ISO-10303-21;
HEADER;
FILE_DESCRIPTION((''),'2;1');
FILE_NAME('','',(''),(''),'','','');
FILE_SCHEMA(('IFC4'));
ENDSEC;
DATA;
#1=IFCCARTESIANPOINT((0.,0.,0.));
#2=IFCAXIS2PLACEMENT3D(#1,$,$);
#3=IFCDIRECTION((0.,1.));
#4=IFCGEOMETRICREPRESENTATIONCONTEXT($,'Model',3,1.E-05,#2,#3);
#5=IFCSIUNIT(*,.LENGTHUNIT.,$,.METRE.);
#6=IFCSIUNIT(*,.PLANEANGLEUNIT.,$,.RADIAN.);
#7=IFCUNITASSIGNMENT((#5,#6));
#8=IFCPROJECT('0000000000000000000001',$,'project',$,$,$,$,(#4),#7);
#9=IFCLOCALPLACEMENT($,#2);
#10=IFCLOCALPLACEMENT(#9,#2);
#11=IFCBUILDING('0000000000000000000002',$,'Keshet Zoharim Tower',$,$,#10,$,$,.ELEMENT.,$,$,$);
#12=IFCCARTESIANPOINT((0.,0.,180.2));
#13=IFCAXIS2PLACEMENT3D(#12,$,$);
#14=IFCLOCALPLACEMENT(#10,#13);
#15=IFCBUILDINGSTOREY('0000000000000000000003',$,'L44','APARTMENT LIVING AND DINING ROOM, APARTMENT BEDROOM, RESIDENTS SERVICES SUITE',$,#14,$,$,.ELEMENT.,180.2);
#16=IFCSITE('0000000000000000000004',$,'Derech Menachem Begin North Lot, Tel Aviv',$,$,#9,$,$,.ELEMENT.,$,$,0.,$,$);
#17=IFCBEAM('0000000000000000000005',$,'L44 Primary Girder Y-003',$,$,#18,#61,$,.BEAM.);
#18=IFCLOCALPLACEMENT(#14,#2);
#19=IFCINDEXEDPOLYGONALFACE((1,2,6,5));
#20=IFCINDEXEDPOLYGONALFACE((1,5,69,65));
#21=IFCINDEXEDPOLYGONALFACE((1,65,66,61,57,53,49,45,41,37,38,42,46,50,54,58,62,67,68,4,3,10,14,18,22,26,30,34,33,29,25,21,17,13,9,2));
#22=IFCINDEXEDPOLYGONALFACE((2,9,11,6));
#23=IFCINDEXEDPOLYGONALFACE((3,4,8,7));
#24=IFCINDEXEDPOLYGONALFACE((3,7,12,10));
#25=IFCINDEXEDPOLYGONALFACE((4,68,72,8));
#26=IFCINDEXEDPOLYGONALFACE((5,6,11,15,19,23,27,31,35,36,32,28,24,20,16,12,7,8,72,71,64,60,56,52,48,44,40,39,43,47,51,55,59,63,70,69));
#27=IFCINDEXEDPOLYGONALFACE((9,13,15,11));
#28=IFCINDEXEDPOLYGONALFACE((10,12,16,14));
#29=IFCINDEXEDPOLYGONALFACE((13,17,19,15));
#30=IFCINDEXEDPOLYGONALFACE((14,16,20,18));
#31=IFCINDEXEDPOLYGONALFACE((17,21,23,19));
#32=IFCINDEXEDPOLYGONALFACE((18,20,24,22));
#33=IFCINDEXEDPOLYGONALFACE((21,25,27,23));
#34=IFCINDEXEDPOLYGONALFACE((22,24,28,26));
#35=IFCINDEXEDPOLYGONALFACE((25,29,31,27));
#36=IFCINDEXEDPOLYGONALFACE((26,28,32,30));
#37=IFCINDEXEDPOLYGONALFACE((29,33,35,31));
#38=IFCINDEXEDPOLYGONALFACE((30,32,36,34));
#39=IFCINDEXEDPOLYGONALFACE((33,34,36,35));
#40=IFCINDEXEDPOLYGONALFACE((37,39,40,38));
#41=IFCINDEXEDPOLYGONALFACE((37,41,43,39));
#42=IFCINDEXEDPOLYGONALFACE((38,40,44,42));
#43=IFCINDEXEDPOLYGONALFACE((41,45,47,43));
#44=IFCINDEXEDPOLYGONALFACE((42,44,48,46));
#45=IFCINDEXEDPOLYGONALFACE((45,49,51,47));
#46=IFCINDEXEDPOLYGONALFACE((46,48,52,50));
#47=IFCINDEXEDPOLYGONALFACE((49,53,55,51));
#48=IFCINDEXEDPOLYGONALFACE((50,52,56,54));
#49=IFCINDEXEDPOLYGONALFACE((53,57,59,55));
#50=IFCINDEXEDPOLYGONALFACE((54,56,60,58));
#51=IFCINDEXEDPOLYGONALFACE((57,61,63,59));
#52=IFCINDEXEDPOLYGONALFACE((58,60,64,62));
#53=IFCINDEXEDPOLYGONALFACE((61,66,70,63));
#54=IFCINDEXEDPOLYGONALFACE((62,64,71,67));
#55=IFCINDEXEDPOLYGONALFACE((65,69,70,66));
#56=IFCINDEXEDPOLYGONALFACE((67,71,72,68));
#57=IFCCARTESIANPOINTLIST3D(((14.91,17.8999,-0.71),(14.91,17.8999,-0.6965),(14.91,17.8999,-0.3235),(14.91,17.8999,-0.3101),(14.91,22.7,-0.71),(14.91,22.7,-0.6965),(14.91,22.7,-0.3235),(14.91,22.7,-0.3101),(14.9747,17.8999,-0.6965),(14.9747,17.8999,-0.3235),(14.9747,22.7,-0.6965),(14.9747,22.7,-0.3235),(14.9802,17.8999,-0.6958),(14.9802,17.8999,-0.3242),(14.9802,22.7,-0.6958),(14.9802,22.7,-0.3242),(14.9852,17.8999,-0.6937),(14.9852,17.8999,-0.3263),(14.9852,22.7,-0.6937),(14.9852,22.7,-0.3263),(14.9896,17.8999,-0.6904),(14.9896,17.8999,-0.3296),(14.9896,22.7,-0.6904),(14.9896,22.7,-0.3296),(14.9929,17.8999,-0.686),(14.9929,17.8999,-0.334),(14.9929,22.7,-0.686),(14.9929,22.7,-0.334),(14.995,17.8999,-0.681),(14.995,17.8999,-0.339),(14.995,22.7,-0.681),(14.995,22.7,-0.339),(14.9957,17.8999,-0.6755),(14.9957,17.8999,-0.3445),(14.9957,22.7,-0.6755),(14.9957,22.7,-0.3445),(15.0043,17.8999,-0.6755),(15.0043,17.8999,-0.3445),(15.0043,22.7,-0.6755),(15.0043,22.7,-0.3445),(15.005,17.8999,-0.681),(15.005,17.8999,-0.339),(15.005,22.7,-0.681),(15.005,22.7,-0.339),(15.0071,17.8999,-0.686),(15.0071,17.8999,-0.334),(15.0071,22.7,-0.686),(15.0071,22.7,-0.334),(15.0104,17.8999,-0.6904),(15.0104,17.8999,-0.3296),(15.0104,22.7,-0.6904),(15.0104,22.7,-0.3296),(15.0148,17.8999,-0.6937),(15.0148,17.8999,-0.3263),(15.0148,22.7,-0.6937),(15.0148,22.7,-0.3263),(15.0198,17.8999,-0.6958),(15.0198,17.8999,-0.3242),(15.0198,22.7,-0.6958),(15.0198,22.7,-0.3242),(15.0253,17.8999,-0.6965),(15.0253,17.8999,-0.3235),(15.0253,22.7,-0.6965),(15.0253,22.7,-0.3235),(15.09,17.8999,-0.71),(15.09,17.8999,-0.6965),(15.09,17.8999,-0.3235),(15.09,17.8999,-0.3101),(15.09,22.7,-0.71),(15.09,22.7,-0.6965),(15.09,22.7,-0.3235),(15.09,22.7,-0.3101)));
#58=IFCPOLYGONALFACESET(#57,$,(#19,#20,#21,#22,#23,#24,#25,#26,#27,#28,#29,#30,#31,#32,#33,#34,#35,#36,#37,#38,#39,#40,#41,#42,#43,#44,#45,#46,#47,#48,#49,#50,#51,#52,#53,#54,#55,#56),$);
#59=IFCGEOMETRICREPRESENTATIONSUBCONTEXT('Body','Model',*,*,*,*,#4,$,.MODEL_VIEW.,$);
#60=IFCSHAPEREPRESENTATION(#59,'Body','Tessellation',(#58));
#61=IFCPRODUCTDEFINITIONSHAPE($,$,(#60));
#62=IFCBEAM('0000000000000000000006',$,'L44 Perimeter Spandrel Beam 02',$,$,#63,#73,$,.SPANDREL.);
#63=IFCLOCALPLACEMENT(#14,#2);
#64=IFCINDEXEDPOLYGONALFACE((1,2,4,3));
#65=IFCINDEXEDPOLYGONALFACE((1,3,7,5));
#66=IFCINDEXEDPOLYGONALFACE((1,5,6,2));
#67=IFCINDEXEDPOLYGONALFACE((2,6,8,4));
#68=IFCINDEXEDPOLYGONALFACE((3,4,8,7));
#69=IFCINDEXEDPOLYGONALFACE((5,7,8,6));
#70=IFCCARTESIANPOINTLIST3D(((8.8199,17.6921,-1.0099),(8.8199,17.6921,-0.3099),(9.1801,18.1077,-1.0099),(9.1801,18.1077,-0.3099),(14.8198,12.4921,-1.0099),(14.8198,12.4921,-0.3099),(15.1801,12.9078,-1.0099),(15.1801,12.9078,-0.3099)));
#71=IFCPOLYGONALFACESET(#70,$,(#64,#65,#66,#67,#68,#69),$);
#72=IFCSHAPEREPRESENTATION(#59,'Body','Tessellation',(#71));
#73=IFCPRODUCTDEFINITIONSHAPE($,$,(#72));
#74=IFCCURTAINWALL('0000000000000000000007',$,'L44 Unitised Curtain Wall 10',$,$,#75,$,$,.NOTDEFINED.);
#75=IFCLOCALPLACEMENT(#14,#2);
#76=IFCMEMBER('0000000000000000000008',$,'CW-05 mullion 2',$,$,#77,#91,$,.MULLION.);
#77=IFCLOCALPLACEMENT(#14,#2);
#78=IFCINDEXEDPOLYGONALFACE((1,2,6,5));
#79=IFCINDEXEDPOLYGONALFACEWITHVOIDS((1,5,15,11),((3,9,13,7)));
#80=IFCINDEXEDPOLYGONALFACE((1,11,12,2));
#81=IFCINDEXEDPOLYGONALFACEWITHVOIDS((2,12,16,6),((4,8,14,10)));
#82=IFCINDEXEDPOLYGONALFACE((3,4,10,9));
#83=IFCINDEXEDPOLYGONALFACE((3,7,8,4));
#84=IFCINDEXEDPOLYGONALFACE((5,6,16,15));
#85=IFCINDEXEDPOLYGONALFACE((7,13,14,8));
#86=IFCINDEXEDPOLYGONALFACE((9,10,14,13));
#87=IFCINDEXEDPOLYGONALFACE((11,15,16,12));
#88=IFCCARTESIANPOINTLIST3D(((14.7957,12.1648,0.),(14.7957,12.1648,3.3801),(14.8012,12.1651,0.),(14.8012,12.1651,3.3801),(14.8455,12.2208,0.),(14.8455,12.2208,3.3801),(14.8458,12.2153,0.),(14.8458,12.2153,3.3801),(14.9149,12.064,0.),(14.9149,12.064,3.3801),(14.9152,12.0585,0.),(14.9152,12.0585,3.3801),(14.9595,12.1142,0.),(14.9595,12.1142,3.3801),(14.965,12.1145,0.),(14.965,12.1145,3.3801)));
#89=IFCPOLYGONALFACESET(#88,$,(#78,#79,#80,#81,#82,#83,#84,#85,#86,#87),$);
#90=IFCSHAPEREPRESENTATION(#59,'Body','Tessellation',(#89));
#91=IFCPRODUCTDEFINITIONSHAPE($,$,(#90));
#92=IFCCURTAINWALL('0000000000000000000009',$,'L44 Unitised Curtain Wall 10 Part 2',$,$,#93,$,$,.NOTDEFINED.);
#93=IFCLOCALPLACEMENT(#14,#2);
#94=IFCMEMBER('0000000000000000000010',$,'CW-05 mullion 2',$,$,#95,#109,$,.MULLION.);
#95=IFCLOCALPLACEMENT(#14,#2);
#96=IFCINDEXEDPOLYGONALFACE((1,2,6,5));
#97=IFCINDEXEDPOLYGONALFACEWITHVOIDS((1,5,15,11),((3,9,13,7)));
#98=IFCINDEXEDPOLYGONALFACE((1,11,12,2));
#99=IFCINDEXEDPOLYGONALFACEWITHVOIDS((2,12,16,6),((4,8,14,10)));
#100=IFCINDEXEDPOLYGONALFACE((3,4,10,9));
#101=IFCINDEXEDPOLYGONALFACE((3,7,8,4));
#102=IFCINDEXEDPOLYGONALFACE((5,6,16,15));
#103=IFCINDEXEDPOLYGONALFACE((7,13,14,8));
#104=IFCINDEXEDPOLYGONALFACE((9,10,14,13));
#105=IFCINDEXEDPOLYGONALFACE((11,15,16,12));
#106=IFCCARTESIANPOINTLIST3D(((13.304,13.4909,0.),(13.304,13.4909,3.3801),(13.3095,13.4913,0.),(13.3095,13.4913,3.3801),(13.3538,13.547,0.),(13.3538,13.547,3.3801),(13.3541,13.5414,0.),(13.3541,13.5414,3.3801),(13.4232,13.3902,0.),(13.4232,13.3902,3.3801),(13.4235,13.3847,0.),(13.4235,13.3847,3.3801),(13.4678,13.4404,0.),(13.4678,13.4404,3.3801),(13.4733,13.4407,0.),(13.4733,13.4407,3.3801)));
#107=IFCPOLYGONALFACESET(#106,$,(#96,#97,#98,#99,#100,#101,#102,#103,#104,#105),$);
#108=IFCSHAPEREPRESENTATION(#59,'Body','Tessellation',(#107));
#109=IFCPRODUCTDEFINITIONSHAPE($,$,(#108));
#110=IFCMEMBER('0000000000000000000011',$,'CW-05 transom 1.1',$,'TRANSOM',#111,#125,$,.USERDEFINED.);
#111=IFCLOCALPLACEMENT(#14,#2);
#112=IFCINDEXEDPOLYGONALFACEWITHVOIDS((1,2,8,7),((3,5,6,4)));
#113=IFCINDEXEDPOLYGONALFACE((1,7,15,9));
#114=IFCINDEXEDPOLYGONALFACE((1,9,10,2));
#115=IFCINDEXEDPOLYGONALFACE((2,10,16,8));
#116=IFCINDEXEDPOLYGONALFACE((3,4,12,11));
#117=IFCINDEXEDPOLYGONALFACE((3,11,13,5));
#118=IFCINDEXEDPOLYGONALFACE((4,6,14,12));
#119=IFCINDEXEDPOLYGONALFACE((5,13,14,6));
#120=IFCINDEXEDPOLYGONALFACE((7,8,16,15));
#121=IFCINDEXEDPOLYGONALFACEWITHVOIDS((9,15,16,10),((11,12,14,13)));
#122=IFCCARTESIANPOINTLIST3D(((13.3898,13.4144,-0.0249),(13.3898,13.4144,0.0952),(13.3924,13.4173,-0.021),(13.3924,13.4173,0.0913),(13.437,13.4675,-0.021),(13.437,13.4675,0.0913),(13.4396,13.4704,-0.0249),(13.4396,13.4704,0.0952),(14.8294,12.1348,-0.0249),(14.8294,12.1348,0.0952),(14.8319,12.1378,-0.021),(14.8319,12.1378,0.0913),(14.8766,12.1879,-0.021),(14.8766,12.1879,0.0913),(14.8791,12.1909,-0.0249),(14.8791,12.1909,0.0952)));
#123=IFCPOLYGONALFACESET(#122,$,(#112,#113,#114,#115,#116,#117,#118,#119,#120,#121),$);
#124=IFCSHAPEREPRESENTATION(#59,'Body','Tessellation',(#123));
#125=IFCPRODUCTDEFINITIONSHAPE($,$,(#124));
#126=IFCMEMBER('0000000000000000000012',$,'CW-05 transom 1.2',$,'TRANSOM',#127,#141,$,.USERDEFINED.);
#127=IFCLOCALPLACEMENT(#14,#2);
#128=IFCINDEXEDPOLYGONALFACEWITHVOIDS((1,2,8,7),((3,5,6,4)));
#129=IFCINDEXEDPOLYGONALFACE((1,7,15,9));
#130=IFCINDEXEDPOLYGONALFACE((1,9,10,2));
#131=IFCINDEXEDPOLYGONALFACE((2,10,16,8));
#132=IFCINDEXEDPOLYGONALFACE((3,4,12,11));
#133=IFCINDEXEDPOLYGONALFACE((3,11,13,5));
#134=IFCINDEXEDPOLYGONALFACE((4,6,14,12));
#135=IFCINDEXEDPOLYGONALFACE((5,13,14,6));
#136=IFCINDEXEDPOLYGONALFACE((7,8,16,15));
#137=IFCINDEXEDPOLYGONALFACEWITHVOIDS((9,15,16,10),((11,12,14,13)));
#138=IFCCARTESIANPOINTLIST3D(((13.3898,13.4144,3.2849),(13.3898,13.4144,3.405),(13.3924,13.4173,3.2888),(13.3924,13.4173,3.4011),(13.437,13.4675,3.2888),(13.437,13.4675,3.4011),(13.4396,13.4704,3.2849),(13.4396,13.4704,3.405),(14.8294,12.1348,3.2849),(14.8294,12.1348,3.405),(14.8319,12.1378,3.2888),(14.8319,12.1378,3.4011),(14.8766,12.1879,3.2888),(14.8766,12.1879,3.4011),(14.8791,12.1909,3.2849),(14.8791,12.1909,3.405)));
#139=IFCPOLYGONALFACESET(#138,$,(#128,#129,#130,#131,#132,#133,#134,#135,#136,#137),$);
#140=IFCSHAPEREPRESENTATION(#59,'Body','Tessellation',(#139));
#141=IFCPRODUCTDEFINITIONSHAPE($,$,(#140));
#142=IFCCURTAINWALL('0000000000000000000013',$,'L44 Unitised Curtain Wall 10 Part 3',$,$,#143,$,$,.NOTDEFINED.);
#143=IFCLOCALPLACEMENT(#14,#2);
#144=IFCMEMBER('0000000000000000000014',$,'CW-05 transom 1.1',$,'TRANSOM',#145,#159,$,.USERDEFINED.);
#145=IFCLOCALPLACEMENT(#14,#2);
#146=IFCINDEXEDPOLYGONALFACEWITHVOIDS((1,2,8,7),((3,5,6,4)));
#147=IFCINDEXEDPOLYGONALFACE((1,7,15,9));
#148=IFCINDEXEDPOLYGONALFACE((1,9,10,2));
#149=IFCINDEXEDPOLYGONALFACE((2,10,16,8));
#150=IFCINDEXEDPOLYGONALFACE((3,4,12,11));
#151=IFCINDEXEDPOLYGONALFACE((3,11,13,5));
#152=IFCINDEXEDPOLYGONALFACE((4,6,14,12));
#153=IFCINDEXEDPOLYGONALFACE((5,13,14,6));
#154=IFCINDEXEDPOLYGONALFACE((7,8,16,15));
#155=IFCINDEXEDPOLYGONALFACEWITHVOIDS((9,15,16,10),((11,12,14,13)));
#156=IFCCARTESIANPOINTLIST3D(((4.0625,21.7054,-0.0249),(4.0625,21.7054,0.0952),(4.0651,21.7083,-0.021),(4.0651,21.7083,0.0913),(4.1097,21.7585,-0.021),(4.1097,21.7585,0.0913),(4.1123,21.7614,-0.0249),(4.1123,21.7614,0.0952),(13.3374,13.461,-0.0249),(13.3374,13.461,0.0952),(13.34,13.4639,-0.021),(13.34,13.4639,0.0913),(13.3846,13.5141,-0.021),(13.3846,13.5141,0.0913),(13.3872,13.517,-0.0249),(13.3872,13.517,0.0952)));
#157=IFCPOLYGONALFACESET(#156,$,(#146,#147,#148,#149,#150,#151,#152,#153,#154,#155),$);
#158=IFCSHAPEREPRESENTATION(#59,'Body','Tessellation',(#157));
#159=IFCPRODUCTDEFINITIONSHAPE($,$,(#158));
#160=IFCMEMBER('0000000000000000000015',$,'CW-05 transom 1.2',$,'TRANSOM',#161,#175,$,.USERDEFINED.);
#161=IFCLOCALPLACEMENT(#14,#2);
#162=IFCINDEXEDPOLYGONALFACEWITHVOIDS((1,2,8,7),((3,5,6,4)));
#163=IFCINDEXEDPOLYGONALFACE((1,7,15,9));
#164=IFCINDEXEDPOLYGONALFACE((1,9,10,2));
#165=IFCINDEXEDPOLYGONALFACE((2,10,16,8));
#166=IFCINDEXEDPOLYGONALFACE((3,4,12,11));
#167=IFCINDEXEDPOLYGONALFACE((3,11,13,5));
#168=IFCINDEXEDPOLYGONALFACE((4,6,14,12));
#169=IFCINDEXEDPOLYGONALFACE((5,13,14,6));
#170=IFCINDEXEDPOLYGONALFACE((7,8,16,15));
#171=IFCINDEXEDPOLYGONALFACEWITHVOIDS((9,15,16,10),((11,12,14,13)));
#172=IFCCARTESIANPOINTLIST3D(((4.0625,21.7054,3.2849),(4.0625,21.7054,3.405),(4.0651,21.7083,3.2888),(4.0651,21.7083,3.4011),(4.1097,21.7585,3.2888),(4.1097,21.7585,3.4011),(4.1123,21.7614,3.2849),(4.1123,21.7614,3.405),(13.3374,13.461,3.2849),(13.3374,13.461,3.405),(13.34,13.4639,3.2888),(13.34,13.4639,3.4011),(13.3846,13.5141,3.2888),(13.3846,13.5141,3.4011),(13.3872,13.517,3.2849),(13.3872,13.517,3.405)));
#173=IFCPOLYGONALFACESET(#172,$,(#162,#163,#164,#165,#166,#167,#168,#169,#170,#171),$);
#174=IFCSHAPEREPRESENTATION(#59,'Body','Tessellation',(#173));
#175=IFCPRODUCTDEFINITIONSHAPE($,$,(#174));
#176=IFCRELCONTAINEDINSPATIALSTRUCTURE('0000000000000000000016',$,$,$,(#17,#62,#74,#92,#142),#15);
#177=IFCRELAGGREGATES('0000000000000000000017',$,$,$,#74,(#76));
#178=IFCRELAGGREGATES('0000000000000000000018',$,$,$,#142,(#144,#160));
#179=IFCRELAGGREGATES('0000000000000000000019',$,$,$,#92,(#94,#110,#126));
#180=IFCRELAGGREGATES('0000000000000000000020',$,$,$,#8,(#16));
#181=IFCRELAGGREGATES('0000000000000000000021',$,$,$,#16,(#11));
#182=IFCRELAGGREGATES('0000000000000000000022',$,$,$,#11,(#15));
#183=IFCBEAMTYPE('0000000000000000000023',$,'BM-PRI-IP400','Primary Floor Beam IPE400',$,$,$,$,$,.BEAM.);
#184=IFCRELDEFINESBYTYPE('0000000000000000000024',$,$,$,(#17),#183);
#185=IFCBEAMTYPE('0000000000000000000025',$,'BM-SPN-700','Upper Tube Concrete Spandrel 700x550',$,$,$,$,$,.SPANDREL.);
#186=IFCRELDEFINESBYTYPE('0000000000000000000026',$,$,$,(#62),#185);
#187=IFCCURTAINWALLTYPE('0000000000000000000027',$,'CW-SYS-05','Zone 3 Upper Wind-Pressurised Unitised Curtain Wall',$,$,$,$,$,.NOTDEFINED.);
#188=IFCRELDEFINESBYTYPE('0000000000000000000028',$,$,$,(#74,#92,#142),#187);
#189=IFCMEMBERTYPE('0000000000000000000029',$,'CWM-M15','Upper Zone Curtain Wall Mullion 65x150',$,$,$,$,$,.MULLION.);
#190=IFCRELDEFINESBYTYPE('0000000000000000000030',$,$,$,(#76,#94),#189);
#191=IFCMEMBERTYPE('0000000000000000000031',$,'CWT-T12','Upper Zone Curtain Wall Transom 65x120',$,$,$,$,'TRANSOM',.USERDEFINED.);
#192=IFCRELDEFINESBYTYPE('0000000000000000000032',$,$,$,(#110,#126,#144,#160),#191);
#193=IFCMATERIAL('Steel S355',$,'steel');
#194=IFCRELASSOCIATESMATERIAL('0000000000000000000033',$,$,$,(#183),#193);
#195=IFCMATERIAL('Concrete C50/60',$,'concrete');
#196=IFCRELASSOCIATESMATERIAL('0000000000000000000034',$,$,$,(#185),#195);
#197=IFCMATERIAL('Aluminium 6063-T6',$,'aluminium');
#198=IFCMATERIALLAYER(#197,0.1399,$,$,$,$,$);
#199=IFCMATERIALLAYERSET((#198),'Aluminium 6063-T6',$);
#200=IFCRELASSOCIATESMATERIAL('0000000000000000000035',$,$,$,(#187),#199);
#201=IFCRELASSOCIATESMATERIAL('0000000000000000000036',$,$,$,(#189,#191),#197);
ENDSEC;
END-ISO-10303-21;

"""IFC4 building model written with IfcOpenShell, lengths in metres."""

from ifc_helpers import new_model, si_unit, direction, frame, origin, origin_2d, place, context, subcontext, project, spatial, rectangle, hollow_rectangle, i_section, extrude, material, layer, layer_set, material_profile, profile_set, type_object, element, aggregate, save


model = new_model("IFC4")

# Units and contexts
model_context = context("Model", 3, precision=1e-05, world=origin(), true_north=direction((0.0, 1.0)))
body_context = subcontext(model_context, "Body", "Model", "MODEL_VIEW")
ifc_project = project(units=[si_unit("LENGTHUNIT", "METRE"), si_unit("PLANEANGLEUNIT", "RADIAN")], contexts=[model_context])

# Site, building, storey
site_placement = place(None, origin())
site = spatial("IfcSite", under=ifc_project, at=site_placement, Name="Derech Menachem Begin North Lot, Tel Aviv", CompositionType="ELEMENT", RefElevation=0.0)
building_placement = place(site_placement, origin())
building = spatial("IfcBuilding", under=site, at=building_placement, Name="Keshet Zoharim Tower", CompositionType="ELEMENT")
storey_placement = place(building_placement, frame((0.0, 0.0, 180.2)))
storey = spatial("IfcBuildingStorey", under=building, at=storey_placement, Name="L44", Description="APARTMENT LIVING AND DINING ROOM, APARTMENT BEDROOM, RESIDENTS SERVICES SUITE", CompositionType="ELEMENT", Elevation=180.2)

# Shared definitions
ifc_material_1 = material(Name="Steel S355", Category="steel")

# Beams
ifc_material_profile_1 = material_profile(ifc_material_1, i_section(OverallWidth=0.1799, OverallDepth=0.3999, WebThickness=0.0085, FlangeThickness=0.0134, FilletRadius=0.021, at=origin_2d()), Name="IPE400")
ifc_profile_set_1 = profile_set([ifc_material_profile_1], Name="Steel S355")
beam_type_1 = type_object("IfcBeamType", Name="BM-PRI-IP400", Description="Primary Floor Beam IPE400", PredefinedType="BEAM", material=ifc_profile_set_1)
beam_1_placement = place(storey_placement, frame((15.0, 17.8999, -0.51), z_axis=(0.0, 1.0, 0.0), x_axis=(-1.0, 0.0, 0.0)))
element("IfcBeam", 1, at=beam_1_placement, inside=storey, type_object=beam_type_1, Name="L44 Primary Girder Y-003", PredefinedType="BEAM", context=body_context, shape_type="SweptSolid", body=[
    extrude(i_section(OverallWidth=0.1799, OverallDepth=0.3999, WebThickness=0.0085, FlangeThickness=0.0134, FilletRadius=0.021, at=origin_2d()), origin(), (0.0, 0.0, 1.0), 4.8),
])
ifc_material_2 = material(Name="Concrete C50/60", Category="concrete")
ifc_material_profile_2 = material_profile(ifc_material_2, rectangle(XDim=0.55, YDim=0.7, at=origin_2d()), Name="RC700x550")
ifc_profile_set_2 = profile_set([ifc_material_profile_2], Name="Concrete C50/60")
beam_type_2 = type_object("IfcBeamType", Name="BM-SPN-700", Description="Upper Tube Concrete Spandrel 700x550", PredefinedType="SPANDREL", material=ifc_profile_set_2)
beam_2_placement = place(storey_placement, frame((9.0, 17.8999, -0.6599), z_axis=(0.755692, -0.654927, 0.0), x_axis=(0.654927, 0.755692, 0.0)))
element("IfcBeam", 2, at=beam_2_placement, inside=storey, type_object=beam_type_2, Name="L44 Perimeter Spandrel Beam 02", PredefinedType="SPANDREL", context=body_context, shape_type="SweptSolid", body=[
    extrude(rectangle(XDim=0.55, YDim=0.7, at=origin_2d()), origin(), (0.0, 0.0, 1.0), 7.9397),
])

# Curtain wall, member
ifc_material_3 = material(Name="Aluminium 6063-T6", Category="aluminium")
ifc_layer_1 = layer(ifc_material_3, 0.1399)
ifc_layer_set_1 = layer_set([ifc_layer_1], Name="Aluminium 6063-T6")
curtain_wall_type = type_object("IfcCurtainWallType", Name="CW-SYS-05", Description="Zone 3 Upper Wind-Pressurised Unitised Curtain Wall", PredefinedType="NOTDEFINED", material=ifc_layer_set_1)
curtain_wall_1_placement = place(storey_placement, origin())
curtain_wall_1 = element("IfcCurtainWall", 3, at=curtain_wall_1_placement, inside=storey, type_object=curtain_wall_type, Name="L44 Unitised Curtain Wall 10", PredefinedType="NOTDEFINED")
ifc_material_profile_3 = material_profile(ifc_material_3, hollow_rectangle(XDim=0.075, YDim=0.1599, WallThickness=0.0039, at=origin_2d()), Name="MUL-75x160")
ifc_profile_set_3 = profile_set([ifc_material_profile_3], Name="Aluminium 6063-T6")
member_type_1 = type_object("IfcMemberType", Name="CWM-M15", Description="Upper Zone Curtain Wall Mullion 65x150", PredefinedType="MULLION", material=ifc_profile_set_3)
member_1_placement = place(storey_placement, frame((14.8804, 12.1396, 0.0), z_axis=(0.0, 0.0, 1.0), x_axis=(-0.664362, -0.747411, 0.0)))
member_1 = element("IfcMember", 4, at=member_1_placement, type_object=member_type_1, Name="CW-05 mullion 2", PredefinedType="MULLION", context=body_context, shape_type="SweptSolid", body=[
    extrude(hollow_rectangle(XDim=0.075, YDim=0.1599, WallThickness=0.0039, at=origin_2d()), origin(), (0.0, 0.0, 1.0), 3.3801),
])
aggregate(curtain_wall_1, [member_1])

# Curtain walls, members
curtain_wall_2_placement = place(storey_placement, origin())
curtain_wall_2 = element("IfcCurtainWall", 5, at=curtain_wall_2_placement, inside=storey, type_object=curtain_wall_type, Name="L44 Unitised Curtain Wall 10 Part 2", PredefinedType="NOTDEFINED")
member_2_placement = place(storey_placement, frame((13.3887, 13.4658, 0.0), z_axis=(0.0, 0.0, 1.0), x_axis=(-0.664379, -0.747395, 0.0)))
member_2 = element("IfcMember", 6, at=member_2_placement, type_object=member_type_1, Name="CW-05 mullion 2", PredefinedType="MULLION", context=body_context, shape_type="SweptSolid", body=[
    extrude(hollow_rectangle(XDim=0.075, YDim=0.1599, WallThickness=0.0039, at=origin_2d()), origin(), (0.0, 0.0, 1.0), 3.3801),
])
ifc_material_profile_4 = material_profile(ifc_material_3, hollow_rectangle(XDim=0.075, YDim=0.1201, WallThickness=0.0039, at=origin_2d()), Name="TRN-75x120")
ifc_profile_set_4 = profile_set([ifc_material_profile_4], Name="Aluminium 6063-T6")
member_type_2 = type_object("IfcMemberType", Name="CWT-T12", Description="Upper Zone Curtain Wall Transom 65x120", ElementType="TRANSOM", PredefinedType="USERDEFINED", material=ifc_profile_set_4)
member_3_placement = place(storey_placement, frame((14.8542, 12.1628, 0.0352), z_axis=(-0.747402, 0.664372, 0.0), x_axis=(-0.664372, -0.747402, 0.0)))
member_3 = element("IfcMember", 7, at=member_3_placement, type_object=member_type_2, Name="CW-05 transom 1.1", ObjectType="TRANSOM", PredefinedType="USERDEFINED", context=body_context, shape_type="SweptSolid", body=[
    extrude(hollow_rectangle(XDim=0.075, YDim=0.1201, WallThickness=0.0039, at=origin_2d()), origin(), (0.0, 0.0, 1.0), 1.926),
])
member_4_placement = place(storey_placement, frame((14.8542, 12.1628, 3.345), z_axis=(-0.747402, 0.664372, 0.0), x_axis=(-0.664372, -0.747402, 0.0)))
member_4 = element("IfcMember", 8, at=member_4_placement, type_object=member_type_2, Name="CW-05 transom 1.2", ObjectType="TRANSOM", PredefinedType="USERDEFINED", context=body_context, shape_type="SweptSolid", body=[
    extrude(hollow_rectangle(XDim=0.075, YDim=0.1201, WallThickness=0.0039, at=origin_2d()), origin(), (0.0, 0.0, 1.0), 1.926),
])
curtain_wall_3_placement = place(storey_placement, origin())
curtain_wall_3 = element("IfcCurtainWall", 9, at=curtain_wall_3_placement, inside=storey, type_object=curtain_wall_type, Name="L44 Unitised Curtain Wall 10 Part 3", PredefinedType="NOTDEFINED")
member_5_placement = place(storey_placement, frame((13.3623, 13.489, 0.0352), z_axis=(-0.747408, 0.664365, 0.0), x_axis=(-0.664365, -0.747408, 0.0)))
member_5 = element("IfcMember", 10, at=member_5_placement, type_object=member_type_2, Name="CW-05 transom 1.1", ObjectType="TRANSOM", PredefinedType="USERDEFINED", context=body_context, shape_type="SweptSolid", body=[
    extrude(hollow_rectangle(XDim=0.075, YDim=0.1201, WallThickness=0.0039, at=origin_2d()), origin(), (0.0, 0.0, 1.0), 12.4094),
])
member_6_placement = place(storey_placement, frame((13.3623, 13.489, 3.345), z_axis=(-0.747408, 0.664365, 0.0), x_axis=(-0.664365, -0.747408, 0.0)))
member_6 = element("IfcMember", 11, at=member_6_placement, type_object=member_type_2, Name="CW-05 transom 1.2", ObjectType="TRANSOM", PredefinedType="USERDEFINED", context=body_context, shape_type="SweptSolid", body=[
    extrude(hollow_rectangle(XDim=0.075, YDim=0.1201, WallThickness=0.0039, at=origin_2d()), origin(), (0.0, 0.0, 1.0), 12.4094),
])

aggregate(curtain_wall_3, [member_5, member_6])
aggregate(curtain_wall_2, [member_2, member_3, member_4])

save(model, "model.ifc")
